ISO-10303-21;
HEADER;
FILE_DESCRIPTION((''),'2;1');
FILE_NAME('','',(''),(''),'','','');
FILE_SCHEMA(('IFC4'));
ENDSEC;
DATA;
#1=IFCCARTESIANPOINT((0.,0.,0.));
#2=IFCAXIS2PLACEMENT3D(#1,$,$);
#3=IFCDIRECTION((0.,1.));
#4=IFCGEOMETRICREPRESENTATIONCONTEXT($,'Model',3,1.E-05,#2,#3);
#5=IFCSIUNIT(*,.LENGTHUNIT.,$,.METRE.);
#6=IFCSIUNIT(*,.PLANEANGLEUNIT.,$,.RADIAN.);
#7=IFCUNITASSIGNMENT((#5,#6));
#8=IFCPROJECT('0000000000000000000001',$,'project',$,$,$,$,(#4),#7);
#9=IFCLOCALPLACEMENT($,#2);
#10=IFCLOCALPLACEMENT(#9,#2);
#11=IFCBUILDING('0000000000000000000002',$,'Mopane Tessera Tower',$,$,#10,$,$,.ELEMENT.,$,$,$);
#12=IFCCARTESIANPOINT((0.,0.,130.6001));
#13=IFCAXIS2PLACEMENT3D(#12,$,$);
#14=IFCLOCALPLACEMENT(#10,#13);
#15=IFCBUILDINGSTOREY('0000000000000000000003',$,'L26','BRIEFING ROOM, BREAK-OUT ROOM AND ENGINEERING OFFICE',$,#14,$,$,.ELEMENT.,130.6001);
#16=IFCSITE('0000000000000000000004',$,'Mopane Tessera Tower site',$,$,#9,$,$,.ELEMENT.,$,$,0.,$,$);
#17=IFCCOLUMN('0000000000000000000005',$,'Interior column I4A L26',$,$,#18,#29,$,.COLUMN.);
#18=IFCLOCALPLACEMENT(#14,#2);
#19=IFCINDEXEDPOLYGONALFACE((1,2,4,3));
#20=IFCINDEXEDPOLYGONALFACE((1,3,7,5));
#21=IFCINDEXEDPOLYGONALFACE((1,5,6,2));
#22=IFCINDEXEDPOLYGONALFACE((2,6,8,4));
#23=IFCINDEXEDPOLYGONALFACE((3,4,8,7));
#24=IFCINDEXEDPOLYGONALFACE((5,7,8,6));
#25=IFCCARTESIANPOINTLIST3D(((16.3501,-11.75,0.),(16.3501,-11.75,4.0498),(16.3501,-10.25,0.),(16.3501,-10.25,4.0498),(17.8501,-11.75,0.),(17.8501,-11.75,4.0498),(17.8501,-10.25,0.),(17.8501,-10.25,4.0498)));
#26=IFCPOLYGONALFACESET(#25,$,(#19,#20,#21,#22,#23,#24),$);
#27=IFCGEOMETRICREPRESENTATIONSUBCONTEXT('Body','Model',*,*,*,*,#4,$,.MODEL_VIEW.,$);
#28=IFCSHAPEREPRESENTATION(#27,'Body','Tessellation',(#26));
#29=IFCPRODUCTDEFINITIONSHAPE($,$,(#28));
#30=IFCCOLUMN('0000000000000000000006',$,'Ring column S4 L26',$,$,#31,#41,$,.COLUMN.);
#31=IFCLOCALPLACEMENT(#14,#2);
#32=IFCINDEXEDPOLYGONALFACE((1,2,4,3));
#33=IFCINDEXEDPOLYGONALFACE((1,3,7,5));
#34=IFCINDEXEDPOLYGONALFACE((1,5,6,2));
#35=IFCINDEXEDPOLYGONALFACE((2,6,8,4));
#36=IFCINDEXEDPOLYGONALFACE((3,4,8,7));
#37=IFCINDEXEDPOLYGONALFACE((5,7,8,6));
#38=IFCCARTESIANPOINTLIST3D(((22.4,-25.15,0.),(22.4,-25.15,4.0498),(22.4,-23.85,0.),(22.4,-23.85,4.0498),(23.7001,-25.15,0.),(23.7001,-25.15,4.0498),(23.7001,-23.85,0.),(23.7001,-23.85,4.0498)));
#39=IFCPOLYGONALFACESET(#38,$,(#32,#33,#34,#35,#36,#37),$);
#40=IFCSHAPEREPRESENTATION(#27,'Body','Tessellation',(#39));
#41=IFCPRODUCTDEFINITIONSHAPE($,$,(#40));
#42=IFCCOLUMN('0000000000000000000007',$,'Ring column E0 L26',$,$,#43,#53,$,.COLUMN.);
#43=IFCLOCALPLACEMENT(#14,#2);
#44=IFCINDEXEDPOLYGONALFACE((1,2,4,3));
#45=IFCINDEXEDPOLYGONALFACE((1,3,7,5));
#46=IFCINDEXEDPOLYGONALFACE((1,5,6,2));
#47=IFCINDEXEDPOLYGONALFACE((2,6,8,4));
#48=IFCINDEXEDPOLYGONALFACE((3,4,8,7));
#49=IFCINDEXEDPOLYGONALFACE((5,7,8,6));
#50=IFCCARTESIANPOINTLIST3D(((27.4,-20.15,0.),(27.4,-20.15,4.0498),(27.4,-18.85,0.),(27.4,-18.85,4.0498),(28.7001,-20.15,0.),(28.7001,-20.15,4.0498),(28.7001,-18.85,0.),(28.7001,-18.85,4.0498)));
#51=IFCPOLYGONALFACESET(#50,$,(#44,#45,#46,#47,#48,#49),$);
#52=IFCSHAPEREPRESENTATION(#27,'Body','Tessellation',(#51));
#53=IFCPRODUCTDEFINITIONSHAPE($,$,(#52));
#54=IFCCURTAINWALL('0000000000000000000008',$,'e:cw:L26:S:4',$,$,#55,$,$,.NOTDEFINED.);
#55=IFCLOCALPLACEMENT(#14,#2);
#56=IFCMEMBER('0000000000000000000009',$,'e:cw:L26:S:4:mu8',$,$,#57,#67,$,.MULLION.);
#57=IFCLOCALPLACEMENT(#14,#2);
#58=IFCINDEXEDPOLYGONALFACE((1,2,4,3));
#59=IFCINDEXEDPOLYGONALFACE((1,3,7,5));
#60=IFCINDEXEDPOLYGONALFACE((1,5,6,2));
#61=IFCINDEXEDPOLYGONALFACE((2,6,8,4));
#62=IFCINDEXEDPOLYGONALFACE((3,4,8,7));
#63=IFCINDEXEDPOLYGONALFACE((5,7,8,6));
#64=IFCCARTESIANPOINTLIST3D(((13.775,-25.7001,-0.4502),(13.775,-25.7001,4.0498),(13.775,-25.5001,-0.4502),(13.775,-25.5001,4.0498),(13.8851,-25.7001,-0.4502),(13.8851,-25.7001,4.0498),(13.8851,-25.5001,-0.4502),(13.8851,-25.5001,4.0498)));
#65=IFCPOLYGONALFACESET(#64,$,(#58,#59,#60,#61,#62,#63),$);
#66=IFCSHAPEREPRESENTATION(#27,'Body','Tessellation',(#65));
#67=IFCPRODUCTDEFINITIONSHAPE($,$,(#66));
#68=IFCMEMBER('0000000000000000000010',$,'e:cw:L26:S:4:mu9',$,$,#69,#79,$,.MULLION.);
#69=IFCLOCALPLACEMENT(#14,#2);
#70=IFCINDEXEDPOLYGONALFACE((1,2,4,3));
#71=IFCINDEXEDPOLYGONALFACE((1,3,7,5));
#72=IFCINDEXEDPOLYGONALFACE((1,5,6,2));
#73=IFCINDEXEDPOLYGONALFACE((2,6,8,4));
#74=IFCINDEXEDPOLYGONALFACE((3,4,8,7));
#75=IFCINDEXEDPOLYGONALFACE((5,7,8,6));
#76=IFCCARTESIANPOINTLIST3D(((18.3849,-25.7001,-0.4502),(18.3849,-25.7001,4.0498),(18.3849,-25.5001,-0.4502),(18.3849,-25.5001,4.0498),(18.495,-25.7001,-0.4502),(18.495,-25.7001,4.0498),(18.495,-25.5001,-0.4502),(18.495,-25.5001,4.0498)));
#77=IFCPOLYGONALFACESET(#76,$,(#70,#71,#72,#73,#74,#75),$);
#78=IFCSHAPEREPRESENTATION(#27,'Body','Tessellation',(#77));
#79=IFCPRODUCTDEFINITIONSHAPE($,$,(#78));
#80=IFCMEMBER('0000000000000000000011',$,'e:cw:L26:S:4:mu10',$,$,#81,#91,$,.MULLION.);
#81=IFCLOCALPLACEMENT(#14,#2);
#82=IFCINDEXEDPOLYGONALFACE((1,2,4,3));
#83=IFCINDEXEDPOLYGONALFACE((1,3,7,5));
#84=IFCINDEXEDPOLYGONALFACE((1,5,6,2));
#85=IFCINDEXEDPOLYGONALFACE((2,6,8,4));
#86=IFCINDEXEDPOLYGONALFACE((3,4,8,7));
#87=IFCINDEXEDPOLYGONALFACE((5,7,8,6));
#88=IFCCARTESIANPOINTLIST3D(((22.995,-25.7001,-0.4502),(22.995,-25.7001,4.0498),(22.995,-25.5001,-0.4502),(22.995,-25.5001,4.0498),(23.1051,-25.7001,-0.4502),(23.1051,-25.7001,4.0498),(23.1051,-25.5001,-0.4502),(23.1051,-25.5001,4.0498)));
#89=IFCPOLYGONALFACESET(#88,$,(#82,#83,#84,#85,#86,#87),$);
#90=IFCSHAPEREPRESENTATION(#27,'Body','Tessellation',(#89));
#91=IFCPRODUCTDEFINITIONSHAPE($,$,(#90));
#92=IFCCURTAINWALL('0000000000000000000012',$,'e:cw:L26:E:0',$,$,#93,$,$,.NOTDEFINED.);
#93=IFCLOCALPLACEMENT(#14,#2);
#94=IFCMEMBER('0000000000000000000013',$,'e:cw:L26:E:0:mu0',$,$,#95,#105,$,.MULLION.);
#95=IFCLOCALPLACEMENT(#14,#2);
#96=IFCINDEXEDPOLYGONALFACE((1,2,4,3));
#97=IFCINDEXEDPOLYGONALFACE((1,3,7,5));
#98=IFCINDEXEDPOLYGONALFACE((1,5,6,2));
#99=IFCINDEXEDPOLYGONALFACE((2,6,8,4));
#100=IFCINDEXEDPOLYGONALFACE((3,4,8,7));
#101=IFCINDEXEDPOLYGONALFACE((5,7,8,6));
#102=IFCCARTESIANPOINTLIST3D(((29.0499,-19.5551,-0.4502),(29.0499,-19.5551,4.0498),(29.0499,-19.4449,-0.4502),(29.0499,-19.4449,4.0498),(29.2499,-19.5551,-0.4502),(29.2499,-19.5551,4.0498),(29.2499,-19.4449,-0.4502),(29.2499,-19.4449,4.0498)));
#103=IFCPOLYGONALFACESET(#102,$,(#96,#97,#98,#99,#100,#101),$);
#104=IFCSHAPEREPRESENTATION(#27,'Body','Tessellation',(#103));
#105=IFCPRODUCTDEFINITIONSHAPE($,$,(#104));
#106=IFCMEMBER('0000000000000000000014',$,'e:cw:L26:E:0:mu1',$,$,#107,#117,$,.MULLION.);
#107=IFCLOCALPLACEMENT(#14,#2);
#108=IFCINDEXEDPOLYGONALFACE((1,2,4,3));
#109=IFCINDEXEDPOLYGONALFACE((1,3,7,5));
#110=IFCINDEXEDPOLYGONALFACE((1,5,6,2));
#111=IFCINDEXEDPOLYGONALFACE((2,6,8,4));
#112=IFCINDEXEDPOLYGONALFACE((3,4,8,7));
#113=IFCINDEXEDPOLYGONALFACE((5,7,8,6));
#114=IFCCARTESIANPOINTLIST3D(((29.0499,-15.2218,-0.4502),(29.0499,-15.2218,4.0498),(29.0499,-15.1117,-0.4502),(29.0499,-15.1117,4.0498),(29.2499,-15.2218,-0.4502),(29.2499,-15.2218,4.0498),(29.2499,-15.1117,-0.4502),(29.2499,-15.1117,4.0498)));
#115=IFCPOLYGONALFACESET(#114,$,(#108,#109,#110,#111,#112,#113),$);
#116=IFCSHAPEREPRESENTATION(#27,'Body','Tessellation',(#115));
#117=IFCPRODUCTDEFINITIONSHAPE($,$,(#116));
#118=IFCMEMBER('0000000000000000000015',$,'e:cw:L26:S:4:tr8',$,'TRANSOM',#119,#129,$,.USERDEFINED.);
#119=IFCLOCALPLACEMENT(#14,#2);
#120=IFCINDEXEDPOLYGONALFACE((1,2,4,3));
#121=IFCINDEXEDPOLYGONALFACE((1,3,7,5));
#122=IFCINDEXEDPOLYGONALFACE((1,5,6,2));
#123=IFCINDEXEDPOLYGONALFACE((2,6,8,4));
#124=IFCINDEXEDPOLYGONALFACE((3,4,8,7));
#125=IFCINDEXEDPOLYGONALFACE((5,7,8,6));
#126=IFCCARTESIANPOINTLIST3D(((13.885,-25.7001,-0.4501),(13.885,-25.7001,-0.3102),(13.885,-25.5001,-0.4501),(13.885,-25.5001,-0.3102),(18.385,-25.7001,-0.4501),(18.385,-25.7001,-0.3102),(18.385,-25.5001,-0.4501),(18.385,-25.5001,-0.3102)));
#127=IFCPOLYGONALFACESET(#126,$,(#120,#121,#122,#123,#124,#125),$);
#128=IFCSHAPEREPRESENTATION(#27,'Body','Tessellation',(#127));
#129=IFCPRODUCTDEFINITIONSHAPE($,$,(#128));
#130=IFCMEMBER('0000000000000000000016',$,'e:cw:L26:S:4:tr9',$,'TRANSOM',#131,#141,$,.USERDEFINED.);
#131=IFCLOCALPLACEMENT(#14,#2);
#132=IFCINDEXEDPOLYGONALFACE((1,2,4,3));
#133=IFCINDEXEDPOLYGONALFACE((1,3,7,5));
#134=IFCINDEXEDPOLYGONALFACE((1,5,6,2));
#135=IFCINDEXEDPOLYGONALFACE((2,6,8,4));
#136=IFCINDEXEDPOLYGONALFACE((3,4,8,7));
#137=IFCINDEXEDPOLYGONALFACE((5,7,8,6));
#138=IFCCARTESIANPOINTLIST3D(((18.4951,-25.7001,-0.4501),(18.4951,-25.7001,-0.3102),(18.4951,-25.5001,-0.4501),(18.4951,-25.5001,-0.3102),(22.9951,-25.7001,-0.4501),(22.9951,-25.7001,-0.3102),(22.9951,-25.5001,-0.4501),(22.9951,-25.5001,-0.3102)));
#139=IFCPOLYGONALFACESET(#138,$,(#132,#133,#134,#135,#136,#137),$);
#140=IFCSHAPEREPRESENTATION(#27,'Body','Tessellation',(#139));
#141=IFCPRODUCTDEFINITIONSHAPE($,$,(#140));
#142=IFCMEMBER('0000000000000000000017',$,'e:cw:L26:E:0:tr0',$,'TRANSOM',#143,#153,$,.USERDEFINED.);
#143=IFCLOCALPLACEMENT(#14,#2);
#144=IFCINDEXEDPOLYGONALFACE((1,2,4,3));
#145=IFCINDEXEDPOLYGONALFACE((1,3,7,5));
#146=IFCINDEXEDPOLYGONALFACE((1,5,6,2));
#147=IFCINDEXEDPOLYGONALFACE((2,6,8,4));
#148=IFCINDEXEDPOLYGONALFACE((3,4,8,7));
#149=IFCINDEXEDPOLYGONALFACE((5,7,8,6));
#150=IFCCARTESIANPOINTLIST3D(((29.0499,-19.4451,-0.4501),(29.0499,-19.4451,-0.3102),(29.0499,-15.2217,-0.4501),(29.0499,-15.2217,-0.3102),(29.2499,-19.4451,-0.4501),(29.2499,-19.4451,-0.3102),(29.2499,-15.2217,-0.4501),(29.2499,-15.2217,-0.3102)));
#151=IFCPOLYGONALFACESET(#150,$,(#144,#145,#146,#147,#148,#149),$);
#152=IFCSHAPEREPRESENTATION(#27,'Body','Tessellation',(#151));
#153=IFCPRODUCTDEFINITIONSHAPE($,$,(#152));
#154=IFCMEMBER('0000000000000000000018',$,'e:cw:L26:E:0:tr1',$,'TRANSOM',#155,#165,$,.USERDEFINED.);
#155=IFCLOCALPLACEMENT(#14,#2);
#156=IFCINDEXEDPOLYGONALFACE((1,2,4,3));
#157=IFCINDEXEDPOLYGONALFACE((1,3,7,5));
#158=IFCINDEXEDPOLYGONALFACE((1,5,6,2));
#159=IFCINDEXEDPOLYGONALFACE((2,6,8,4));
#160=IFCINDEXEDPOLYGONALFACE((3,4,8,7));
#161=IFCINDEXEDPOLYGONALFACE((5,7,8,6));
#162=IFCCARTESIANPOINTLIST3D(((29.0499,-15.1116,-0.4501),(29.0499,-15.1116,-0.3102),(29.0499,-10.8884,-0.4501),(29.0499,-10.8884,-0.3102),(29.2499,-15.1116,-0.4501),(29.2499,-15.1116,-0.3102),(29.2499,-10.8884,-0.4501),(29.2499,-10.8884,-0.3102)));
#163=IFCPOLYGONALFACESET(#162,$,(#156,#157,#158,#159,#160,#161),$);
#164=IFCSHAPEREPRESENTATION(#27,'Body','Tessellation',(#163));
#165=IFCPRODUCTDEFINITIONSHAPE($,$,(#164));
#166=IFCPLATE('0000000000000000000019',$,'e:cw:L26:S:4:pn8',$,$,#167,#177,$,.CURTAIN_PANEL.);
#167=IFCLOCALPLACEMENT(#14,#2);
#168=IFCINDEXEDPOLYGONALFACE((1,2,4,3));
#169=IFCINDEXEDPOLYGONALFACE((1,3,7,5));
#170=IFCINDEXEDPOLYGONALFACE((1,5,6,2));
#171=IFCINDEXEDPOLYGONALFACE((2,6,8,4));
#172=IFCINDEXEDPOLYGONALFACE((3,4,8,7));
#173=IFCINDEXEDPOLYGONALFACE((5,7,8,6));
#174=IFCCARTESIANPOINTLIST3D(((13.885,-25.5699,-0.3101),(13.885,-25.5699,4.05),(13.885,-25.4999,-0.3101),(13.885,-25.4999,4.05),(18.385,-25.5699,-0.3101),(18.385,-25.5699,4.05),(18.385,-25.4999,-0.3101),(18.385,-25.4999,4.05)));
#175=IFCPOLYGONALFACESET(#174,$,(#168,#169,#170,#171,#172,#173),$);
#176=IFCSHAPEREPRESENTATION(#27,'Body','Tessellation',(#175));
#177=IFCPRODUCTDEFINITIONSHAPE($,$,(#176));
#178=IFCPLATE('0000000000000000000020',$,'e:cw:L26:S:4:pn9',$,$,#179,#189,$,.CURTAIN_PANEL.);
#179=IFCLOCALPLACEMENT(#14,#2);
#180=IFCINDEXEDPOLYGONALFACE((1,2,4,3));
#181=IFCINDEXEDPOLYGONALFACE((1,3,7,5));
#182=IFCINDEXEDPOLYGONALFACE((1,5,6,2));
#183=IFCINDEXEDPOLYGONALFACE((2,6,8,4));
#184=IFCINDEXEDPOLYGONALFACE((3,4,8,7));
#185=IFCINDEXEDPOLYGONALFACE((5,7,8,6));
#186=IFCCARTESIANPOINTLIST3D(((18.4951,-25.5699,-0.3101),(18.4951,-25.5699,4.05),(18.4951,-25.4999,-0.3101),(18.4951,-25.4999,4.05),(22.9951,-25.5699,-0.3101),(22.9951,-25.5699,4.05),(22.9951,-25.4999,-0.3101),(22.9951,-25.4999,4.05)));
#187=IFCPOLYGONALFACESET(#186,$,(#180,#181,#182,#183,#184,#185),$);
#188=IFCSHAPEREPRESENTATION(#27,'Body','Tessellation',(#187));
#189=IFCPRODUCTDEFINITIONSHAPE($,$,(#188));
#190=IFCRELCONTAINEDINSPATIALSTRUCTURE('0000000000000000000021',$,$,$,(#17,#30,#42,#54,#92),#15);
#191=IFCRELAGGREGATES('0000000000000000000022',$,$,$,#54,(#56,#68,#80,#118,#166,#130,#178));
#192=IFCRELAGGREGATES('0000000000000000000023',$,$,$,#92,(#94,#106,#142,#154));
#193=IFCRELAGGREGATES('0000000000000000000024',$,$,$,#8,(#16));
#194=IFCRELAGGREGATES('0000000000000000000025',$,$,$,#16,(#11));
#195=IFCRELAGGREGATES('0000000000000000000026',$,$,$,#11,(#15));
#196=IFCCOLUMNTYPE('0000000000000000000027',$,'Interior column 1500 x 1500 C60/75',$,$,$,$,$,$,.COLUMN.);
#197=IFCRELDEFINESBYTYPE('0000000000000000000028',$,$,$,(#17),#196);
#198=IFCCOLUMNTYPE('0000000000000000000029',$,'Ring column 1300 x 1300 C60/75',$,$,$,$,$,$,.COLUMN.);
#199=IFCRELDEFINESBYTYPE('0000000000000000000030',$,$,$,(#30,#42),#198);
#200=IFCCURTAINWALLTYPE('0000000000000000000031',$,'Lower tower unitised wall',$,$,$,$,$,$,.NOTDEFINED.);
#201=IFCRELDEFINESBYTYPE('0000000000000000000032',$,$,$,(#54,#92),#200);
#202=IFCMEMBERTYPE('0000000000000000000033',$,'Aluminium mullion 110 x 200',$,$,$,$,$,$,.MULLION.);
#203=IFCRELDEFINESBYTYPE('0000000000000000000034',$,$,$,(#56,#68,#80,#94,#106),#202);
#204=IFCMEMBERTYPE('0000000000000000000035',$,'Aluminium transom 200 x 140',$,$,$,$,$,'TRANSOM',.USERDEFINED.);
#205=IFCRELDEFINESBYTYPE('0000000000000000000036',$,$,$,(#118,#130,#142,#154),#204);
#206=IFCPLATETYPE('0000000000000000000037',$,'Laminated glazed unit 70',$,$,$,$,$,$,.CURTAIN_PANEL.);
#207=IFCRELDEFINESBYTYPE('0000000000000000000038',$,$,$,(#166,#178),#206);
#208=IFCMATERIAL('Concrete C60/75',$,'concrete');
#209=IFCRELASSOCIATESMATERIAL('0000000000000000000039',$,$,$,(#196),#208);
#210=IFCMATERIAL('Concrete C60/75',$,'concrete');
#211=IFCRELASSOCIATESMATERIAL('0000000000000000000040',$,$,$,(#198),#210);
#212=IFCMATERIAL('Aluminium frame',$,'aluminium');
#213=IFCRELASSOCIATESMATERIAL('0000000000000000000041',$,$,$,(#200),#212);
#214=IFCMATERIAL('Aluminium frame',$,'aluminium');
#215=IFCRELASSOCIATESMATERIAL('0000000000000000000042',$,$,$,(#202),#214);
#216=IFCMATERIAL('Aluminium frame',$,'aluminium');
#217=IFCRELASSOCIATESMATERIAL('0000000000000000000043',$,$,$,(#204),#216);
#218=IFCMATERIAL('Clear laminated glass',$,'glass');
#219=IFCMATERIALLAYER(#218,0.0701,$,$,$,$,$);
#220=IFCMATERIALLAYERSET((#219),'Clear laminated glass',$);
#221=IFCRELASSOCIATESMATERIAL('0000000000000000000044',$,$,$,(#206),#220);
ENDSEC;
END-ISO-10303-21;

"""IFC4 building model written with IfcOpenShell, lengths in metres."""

from ifc_helpers import new_model, si_unit, direction, frame, origin, origin_2d, place, context, subcontext, project, spatial, rectangle, extrude, material, layer, layer_set, material_profile, profile_set, type_object, element, aggregate, save


model = new_model("IFC4")

# Units and contexts
model_context = context("Model", 3, precision=1e-05, world=origin(), true_north=direction((0.0, 1.0)))
body_context = subcontext(model_context, "Body", "Model", "MODEL_VIEW")
ifc_project = project(units=[si_unit("LENGTHUNIT", "METRE"), si_unit("PLANEANGLEUNIT", "RADIAN")], contexts=[model_context])

# Site, building, storey
site_placement = place(None, origin())
site = spatial("IfcSite", under=ifc_project, at=site_placement, Name="Mopane Tessera Tower site", CompositionType="ELEMENT", RefElevation=0.0)
building_placement = place(site_placement, origin())
building = spatial("IfcBuilding", under=site, at=building_placement, Name="Mopane Tessera Tower", CompositionType="ELEMENT")
storey_placement = place(building_placement, frame((0.0, 0.0, 130.6001)))
storey = spatial("IfcBuildingStorey", under=building, at=storey_placement, Name="L26", Description="BRIEFING ROOM, BREAK-OUT ROOM AND ENGINEERING OFFICE", CompositionType="ELEMENT", Elevation=130.6001)

# Columns
ifc_material_1 = material(Name="Concrete C60/75", Category="concrete")
ifc_material_profile_1 = material_profile(ifc_material_1, rectangle(XDim=1.5, YDim=1.5, at=origin_2d()))
ifc_profile_set_1 = profile_set([ifc_material_profile_1], Name="Concrete C60/75")
column_type_1 = type_object("IfcColumnType", Name="Interior column 1500 x 1500 C60/75", PredefinedType="COLUMN", material=ifc_profile_set_1)
column_placement = place(storey_placement, frame((17.1001, -11.0, 0.0), z_axis=(0.0, 0.0, 1.0), x_axis=(1.0, 0.0, 0.0)))
element("IfcColumn", 1, at=column_placement, inside=storey, type_object=column_type_1, Name="Interior column I4A L26", PredefinedType="COLUMN", context=body_context, shape_type="SweptSolid", body=[
    extrude(rectangle(XDim=1.5, YDim=1.5, at=origin_2d()), origin(), (0.0, 0.0, 1.0), 4.0498),
])
ifc_material_2 = material(Name="Concrete C60/75", Category="concrete")
ifc_material_profile_2 = material_profile(ifc_material_2, rectangle(XDim=1.3, YDim=1.3, at=origin_2d()))
ifc_profile_set_2 = profile_set([ifc_material_profile_2], Name="Concrete C60/75")
column_type_2 = type_object("IfcColumnType", Name="Ring column 1300 x 1300 C60/75", PredefinedType="COLUMN", material=ifc_profile_set_2)
for number, where, z_axis, x_axis, name in (
    (2, (23.05, -24.5, 0.0), (0.0, 0.0, 1.0), (1.0, 0.0, 0.0), "Ring column S4 L26"),
    (3, (28.05, -19.5, 0.0), (0.0, 0.0, 1.0), (1.0, 0.0, 0.0), "Ring column E0 L26"),
):
    element("IfcColumn", number, at=place(storey_placement, frame(where, z_axis=z_axis, x_axis=x_axis)), inside=storey, type_object=column_type_2, Name=name, PredefinedType="COLUMN", context=body_context, shape_type="SweptSolid", body=[
        extrude(rectangle(XDim=1.3, YDim=1.3, at=origin_2d()), origin(), (0.0, 0.0, 1.0), 4.0498),
    ])

# Curtain walls, members
ifc_material_3 = material(Name="Aluminium frame", Category="aluminium")
curtain_wall_type = type_object("IfcCurtainWallType", Name="Lower tower unitised wall", PredefinedType="NOTDEFINED", material=ifc_material_3)
curtain_wall_1_placement = place(storey_placement, origin())
curtain_wall_1 = element("IfcCurtainWall", 4, at=curtain_wall_1_placement, inside=storey, type_object=curtain_wall_type, Name="e:cw:L26:S:4", PredefinedType="NOTDEFINED")
ifc_material_4 = material(Name="Aluminium frame", Category="aluminium")
ifc_material_profile_3 = material_profile(ifc_material_4, rectangle(XDim=0.1101, YDim=0.2, at=origin_2d()))
ifc_profile_set_3 = profile_set([ifc_material_profile_3], Name="Aluminium frame")
member_type_1 = type_object("IfcMemberType", Name="Aluminium mullion 110 x 200", PredefinedType="MULLION", material=ifc_profile_set_3)
member_1_placement = place(storey_placement, frame((13.8301, -25.6001, -0.4502), z_axis=(0.0, 0.0, 1.0), x_axis=(1.0, 0.0, 0.0)))
member_1 = element("IfcMember", 5, at=member_1_placement, type_object=member_type_1, Name="e:cw:L26:S:4:mu8", PredefinedType="MULLION", context=body_context, shape_type="SweptSolid", body=[
    extrude(rectangle(XDim=0.1101, YDim=0.2, at=origin_2d()), origin(), (0.0, 0.0, 1.0), 4.5),
])
member_2_placement = place(storey_placement, frame((18.4399, -25.6001, -0.4502), z_axis=(0.0, 0.0, 1.0), x_axis=(1.0, 0.0, 0.0)))
member_2 = element("IfcMember", 6, at=member_2_placement, type_object=member_type_1, Name="e:cw:L26:S:4:mu9", PredefinedType="MULLION", context=body_context, shape_type="SweptSolid", body=[
    extrude(rectangle(XDim=0.1101, YDim=0.2, at=origin_2d()), origin(), (0.0, 0.0, 1.0), 4.5),
])
member_3_placement = place(storey_placement, frame((23.05, -25.6001, -0.4502), z_axis=(0.0, 0.0, 1.0), x_axis=(1.0, 0.0, 0.0)))
member_3 = element("IfcMember", 7, at=member_3_placement, type_object=member_type_1, Name="e:cw:L26:S:4:mu10", PredefinedType="MULLION", context=body_context, shape_type="SweptSolid", body=[
    extrude(rectangle(XDim=0.1101, YDim=0.2, at=origin_2d()), origin(), (0.0, 0.0, 1.0), 4.5),
])
curtain_wall_2_placement = place(storey_placement, origin())
curtain_wall_2 = element("IfcCurtainWall", 8, at=curtain_wall_2_placement, inside=storey, type_object=curtain_wall_type, Name="e:cw:L26:E:0", PredefinedType="NOTDEFINED")
member_4_placement = place(storey_placement, frame((29.1499, -19.5, -0.4502), z_axis=(0.0, 0.0, 1.0), x_axis=(0.0, 1.0, 0.0)))
member_4 = element("IfcMember", 9, at=member_4_placement, type_object=member_type_1, Name="e:cw:L26:E:0:mu0", PredefinedType="MULLION", context=body_context, shape_type="SweptSolid", body=[
    extrude(rectangle(XDim=0.1101, YDim=0.2, at=origin_2d()), origin(), (0.0, 0.0, 1.0), 4.5),
])
member_5_placement = place(storey_placement, frame((29.1499, -15.1667, -0.4502), z_axis=(0.0, 0.0, 1.0), x_axis=(0.0, 1.0, 0.0)))
member_5 = element("IfcMember", 10, at=member_5_placement, type_object=member_type_1, Name="e:cw:L26:E:0:mu1", PredefinedType="MULLION", context=body_context, shape_type="SweptSolid", body=[
    extrude(rectangle(XDim=0.1101, YDim=0.2, at=origin_2d()), origin(), (0.0, 0.0, 1.0), 4.5),
])

# Members
ifc_material_5 = material(Name="Aluminium frame", Category="aluminium")
ifc_material_profile_4 = material_profile(ifc_material_5, rectangle(XDim=0.2, YDim=0.1399, at=origin_2d()))
ifc_profile_set_4 = profile_set([ifc_material_profile_4], Name="Aluminium frame")
member_type_2 = type_object("IfcMemberType", Name="Aluminium transom 200 x 140", ElementType="TRANSOM", PredefinedType="USERDEFINED", material=ifc_profile_set_4)
member_6_placement = place(storey_placement, frame((13.885, -25.6001, -0.3801), z_axis=(1.0, 0.0, 0.0), x_axis=(0.0, 1.0, 0.0)))
member_6 = element("IfcMember", 11, at=member_6_placement, type_object=member_type_2, Name="e:cw:L26:S:4:tr8", ObjectType="TRANSOM", PredefinedType="USERDEFINED", context=body_context, shape_type="SweptSolid", body=[
    extrude(rectangle(XDim=0.2, YDim=0.1399, at=origin_2d()), origin(), (0.0, 0.0, 1.0), 4.5),
])
member_7_placement = place(storey_placement, frame((18.4951, -25.6001, -0.3801), z_axis=(1.0, 0.0, 0.0), x_axis=(0.0, 1.0, 0.0)))
member_7 = element("IfcMember", 12, at=member_7_placement, type_object=member_type_2, Name="e:cw:L26:S:4:tr9", ObjectType="TRANSOM", PredefinedType="USERDEFINED", context=body_context, shape_type="SweptSolid", body=[
    extrude(rectangle(XDim=0.2, YDim=0.1399, at=origin_2d()), origin(), (0.0, 0.0, 1.0), 4.5),
])
member_8_placement = place(storey_placement, frame((29.1499, -19.4451, -0.3801), z_axis=(0.0, 1.0, 0.0), x_axis=(-1.0, 0.0, 0.0)))
member_8 = element("IfcMember", 13, at=member_8_placement, type_object=member_type_2, Name="e:cw:L26:E:0:tr0", ObjectType="TRANSOM", PredefinedType="USERDEFINED", context=body_context, shape_type="SweptSolid", body=[
    extrude(rectangle(XDim=0.2, YDim=0.1399, at=origin_2d()), origin(), (0.0, 0.0, 1.0), 4.2234),
])
member_9_placement = place(storey_placement, frame((29.1499, -15.1116, -0.3801), z_axis=(0.0, 1.0, 0.0), x_axis=(-1.0, 0.0, 0.0)))
member_9 = element("IfcMember", 14, at=member_9_placement, type_object=member_type_2, Name="e:cw:L26:E:0:tr1", ObjectType="TRANSOM", PredefinedType="USERDEFINED", context=body_context, shape_type="SweptSolid", body=[
    extrude(rectangle(XDim=0.2, YDim=0.1399, at=origin_2d()), origin(), (0.0, 0.0, 1.0), 4.2231),
])

# Plates
ifc_material_6 = material(Name="Clear laminated glass", Category="glass")
ifc_layer_1 = layer(ifc_material_6, 0.0701)
ifc_layer_set_1 = layer_set([ifc_layer_1], Name="Clear laminated glass")
plate_type = type_object("IfcPlateType", Name="Laminated glazed unit 70", PredefinedType="CURTAIN_PANEL", material=ifc_layer_set_1)
plate_1_placement = place(storey_placement, frame((16.135, -25.5349, -0.3101), z_axis=(0.0, 0.0, 1.0), x_axis=(1.0, 0.0, 0.0)))
plate_1 = element("IfcPlate", 15, at=plate_1_placement, type_object=plate_type, Name="e:cw:L26:S:4:pn8", PredefinedType="CURTAIN_PANEL", context=body_context, shape_type="SweptSolid", body=[
    extrude(rectangle(XDim=4.5, YDim=0.0701, at=origin_2d()), origin(), (0.0, 0.0, 1.0), 4.3601),
])
plate_2_placement = place(storey_placement, frame((20.7451, -25.5349, -0.3101), z_axis=(0.0, 0.0, 1.0), x_axis=(1.0, 0.0, 0.0)))
plate_2 = element("IfcPlate", 16, at=plate_2_placement, type_object=plate_type, Name="e:cw:L26:S:4:pn9", PredefinedType="CURTAIN_PANEL", context=body_context, shape_type="SweptSolid", body=[
    extrude(rectangle(XDim=4.5, YDim=0.0701, at=origin_2d()), origin(), (0.0, 0.0, 1.0), 4.3601),
])
aggregate(curtain_wall_1, [member_1, member_2, member_3, member_6, plate_1, member_7, plate_2])
aggregate(curtain_wall_2, [member_4, member_5, member_8, member_9])

save(model, "model.ifc")
